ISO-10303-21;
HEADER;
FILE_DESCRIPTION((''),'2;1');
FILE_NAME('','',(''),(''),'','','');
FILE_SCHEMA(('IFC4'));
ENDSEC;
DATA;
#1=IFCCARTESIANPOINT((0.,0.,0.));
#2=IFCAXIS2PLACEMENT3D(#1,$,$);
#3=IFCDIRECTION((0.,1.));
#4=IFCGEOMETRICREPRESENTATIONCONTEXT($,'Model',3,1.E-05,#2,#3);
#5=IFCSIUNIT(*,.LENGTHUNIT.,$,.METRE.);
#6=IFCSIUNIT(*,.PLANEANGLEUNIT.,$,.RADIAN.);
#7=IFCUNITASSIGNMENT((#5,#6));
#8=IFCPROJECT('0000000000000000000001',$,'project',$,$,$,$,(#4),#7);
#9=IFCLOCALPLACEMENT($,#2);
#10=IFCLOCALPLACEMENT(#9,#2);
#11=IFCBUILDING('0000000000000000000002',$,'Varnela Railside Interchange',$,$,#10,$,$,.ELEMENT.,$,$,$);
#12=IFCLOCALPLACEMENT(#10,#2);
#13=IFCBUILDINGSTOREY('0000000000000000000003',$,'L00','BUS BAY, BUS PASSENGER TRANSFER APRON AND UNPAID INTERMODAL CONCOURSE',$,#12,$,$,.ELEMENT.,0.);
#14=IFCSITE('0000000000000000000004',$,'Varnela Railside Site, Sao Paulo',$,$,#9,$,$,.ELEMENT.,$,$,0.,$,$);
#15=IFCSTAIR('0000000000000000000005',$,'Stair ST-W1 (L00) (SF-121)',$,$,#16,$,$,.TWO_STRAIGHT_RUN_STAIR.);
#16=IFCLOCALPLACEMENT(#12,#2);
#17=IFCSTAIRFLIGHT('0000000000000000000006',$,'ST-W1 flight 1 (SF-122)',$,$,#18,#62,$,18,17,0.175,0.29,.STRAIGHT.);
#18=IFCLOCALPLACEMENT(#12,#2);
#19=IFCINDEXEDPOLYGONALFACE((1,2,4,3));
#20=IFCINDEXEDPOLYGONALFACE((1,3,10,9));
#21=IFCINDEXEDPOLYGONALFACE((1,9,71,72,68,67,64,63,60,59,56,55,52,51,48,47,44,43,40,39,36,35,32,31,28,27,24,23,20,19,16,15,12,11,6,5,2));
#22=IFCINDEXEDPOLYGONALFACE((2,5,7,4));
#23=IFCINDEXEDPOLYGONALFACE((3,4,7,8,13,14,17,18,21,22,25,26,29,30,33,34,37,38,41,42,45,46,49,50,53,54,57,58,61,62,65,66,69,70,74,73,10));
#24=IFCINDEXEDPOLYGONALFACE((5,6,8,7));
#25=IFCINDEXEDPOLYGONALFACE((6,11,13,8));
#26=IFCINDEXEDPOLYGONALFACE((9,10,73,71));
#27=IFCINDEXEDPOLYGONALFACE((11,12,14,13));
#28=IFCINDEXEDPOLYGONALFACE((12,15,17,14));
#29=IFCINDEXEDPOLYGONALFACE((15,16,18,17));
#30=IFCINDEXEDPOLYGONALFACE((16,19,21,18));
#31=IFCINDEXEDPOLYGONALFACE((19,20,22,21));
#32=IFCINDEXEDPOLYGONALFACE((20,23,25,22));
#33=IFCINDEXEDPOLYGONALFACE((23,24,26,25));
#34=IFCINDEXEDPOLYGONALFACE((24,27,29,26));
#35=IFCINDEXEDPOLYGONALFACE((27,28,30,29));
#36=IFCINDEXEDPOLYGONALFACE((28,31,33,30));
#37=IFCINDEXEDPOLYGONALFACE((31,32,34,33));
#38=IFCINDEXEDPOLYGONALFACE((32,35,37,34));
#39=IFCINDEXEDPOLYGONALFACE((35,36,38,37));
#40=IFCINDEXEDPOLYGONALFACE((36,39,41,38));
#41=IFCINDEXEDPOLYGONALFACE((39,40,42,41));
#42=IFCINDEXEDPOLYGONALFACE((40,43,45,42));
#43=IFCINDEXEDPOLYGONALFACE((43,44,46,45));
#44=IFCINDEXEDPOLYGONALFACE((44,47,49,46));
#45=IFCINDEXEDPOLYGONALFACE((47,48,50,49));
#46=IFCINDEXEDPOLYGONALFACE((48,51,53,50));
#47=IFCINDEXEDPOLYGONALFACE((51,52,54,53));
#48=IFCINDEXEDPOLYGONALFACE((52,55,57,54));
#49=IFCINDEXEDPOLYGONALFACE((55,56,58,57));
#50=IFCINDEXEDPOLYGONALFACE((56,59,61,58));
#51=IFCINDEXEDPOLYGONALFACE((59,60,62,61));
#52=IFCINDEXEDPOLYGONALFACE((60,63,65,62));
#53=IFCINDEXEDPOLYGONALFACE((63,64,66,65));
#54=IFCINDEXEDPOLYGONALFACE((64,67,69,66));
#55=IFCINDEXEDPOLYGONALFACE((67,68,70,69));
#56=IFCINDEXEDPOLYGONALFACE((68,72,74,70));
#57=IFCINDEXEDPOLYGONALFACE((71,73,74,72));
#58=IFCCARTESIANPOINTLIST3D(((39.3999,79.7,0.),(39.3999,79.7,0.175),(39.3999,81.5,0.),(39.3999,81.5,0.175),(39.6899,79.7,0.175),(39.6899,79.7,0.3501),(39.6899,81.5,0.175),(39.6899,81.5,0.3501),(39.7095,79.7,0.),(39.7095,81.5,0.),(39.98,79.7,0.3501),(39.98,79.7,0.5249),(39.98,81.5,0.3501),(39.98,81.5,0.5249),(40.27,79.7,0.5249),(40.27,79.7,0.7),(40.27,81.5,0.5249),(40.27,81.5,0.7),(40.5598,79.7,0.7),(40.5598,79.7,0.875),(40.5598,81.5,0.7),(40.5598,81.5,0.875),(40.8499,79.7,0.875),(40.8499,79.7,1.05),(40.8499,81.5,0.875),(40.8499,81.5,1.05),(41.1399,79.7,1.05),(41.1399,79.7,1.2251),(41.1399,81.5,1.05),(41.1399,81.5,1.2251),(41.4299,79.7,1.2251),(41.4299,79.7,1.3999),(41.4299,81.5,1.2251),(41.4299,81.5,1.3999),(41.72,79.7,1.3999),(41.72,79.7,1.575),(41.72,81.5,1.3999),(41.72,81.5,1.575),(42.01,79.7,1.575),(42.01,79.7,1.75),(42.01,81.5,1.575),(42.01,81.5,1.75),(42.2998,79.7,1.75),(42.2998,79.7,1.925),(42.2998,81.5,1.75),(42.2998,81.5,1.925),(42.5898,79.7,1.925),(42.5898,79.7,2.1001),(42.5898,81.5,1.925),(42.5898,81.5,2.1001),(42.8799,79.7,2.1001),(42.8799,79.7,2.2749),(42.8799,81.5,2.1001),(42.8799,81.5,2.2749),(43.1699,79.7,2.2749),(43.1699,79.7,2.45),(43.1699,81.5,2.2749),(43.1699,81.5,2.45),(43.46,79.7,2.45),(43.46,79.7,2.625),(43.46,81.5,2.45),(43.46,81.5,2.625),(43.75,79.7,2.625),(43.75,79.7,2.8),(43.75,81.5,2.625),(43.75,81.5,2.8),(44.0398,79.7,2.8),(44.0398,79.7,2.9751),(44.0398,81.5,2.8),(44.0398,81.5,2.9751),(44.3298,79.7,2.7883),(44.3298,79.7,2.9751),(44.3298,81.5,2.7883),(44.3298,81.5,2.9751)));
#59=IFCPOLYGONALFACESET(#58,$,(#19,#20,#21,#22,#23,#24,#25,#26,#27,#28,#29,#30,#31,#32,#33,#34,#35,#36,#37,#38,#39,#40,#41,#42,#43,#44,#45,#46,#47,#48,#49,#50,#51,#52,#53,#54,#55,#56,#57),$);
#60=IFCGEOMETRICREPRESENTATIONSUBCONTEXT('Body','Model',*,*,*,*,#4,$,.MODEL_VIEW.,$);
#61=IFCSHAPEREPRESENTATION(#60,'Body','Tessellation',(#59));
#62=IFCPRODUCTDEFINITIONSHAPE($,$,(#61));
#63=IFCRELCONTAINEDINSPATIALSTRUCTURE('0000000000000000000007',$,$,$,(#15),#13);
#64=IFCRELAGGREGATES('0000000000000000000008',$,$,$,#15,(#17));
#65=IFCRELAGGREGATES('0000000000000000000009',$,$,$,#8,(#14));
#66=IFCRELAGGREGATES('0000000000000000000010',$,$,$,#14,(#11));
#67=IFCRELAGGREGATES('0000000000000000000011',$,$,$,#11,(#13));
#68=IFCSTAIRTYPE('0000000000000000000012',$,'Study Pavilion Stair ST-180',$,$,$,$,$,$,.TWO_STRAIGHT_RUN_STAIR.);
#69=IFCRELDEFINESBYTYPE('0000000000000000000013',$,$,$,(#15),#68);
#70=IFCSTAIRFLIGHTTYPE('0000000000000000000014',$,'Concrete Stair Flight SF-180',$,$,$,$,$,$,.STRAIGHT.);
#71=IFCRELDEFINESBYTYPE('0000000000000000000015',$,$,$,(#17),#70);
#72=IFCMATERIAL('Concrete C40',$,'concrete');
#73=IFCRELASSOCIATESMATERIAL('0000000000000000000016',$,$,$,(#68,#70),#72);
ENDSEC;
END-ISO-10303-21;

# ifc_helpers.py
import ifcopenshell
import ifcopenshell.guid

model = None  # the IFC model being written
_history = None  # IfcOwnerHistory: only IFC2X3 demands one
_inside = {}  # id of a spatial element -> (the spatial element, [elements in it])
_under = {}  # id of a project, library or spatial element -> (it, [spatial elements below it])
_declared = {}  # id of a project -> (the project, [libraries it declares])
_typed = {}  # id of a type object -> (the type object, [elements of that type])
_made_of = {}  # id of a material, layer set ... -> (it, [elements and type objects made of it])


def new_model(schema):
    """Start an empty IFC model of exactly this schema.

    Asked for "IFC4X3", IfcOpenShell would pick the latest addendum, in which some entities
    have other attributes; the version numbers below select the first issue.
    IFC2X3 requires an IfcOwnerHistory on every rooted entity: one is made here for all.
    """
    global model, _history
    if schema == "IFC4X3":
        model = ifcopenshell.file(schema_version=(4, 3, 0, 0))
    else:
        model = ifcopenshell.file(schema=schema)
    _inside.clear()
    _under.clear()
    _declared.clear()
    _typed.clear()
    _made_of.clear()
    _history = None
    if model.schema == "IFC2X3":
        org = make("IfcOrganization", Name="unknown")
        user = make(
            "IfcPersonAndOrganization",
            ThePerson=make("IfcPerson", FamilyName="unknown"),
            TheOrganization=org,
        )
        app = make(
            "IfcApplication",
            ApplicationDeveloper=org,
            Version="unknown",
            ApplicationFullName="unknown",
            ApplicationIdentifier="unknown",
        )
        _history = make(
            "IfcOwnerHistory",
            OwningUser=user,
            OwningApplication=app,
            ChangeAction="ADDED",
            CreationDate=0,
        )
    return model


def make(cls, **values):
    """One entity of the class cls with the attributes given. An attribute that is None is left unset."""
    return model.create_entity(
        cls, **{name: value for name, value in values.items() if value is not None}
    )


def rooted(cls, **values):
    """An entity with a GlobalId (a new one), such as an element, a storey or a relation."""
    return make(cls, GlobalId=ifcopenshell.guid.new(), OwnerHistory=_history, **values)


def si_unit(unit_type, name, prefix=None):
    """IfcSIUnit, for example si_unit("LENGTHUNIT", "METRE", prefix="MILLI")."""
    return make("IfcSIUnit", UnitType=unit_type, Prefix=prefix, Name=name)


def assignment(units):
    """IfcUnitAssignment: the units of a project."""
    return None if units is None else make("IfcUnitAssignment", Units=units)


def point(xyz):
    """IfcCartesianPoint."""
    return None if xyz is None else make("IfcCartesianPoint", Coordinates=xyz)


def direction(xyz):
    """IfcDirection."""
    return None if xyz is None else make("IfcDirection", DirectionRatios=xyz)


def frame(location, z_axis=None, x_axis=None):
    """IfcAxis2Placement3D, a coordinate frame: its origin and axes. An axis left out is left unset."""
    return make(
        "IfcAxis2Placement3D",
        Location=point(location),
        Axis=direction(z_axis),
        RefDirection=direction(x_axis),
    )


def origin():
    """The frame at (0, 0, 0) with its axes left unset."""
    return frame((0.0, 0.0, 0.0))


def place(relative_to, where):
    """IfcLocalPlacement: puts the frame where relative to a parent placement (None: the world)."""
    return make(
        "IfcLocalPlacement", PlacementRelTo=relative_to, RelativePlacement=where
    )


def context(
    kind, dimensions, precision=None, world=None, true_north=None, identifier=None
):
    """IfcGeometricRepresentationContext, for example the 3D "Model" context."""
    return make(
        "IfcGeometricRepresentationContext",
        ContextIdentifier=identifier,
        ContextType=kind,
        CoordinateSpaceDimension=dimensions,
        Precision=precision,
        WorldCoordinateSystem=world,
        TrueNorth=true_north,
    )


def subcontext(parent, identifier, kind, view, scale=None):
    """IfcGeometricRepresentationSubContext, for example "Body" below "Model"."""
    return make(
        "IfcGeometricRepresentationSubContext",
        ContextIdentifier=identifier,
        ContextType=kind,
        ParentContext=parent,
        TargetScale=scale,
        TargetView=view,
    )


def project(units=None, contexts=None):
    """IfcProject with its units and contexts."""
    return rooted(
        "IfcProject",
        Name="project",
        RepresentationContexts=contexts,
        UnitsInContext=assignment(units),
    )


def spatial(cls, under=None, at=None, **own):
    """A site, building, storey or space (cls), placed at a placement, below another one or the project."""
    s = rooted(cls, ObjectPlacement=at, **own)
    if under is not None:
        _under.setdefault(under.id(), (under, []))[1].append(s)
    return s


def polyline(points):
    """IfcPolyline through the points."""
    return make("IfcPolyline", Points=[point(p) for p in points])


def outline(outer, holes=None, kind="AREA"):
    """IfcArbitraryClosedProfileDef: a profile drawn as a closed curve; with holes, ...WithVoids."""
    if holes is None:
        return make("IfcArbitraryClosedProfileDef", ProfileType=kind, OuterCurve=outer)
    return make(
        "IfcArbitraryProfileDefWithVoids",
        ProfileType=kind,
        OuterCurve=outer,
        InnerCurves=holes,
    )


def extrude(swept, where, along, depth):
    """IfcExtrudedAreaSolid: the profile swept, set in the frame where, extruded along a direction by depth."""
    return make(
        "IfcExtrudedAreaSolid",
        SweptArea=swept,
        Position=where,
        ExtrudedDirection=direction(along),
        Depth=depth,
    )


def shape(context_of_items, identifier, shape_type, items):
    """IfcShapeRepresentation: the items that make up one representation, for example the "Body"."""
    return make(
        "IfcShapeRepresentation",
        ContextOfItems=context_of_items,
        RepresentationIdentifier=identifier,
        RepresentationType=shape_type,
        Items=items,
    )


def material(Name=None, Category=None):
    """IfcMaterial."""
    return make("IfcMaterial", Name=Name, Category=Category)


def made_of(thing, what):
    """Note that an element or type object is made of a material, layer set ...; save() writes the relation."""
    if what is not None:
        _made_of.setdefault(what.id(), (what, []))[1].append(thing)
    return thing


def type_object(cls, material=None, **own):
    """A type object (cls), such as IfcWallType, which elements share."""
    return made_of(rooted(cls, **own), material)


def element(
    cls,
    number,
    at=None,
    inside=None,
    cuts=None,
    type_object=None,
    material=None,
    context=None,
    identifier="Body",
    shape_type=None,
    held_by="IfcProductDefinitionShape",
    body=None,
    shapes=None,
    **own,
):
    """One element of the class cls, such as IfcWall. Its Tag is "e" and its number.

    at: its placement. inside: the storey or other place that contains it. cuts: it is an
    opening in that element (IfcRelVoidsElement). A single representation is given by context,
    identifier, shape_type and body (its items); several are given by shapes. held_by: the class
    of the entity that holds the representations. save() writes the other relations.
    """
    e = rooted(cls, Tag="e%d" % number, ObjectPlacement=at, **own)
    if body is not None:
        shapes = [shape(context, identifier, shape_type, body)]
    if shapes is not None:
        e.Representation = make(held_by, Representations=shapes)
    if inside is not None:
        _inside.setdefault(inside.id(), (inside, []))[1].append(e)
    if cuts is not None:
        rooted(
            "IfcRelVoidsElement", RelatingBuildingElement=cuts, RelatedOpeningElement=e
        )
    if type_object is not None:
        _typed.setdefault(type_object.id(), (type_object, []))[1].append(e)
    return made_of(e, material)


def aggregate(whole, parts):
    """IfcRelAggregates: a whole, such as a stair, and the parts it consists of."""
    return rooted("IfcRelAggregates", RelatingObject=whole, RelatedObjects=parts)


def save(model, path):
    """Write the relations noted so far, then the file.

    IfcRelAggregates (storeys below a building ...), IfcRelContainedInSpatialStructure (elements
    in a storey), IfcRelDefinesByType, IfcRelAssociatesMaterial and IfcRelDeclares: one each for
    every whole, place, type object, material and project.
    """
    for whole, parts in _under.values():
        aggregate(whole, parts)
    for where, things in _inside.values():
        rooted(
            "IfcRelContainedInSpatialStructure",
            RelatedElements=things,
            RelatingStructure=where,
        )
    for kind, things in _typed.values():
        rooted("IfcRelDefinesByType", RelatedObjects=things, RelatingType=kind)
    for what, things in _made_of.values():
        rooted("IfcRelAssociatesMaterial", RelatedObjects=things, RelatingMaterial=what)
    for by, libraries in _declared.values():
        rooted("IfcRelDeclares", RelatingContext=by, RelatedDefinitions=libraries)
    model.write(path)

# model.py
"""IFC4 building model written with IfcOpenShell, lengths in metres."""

from ifc_helpers import new_model, si_unit, direction, frame, origin, place, context, subcontext, project, spatial, polyline, outline, extrude, material, type_object, element, aggregate, save


model = new_model("IFC4")

# Units and contexts
model_context = context("Model", 3, precision=1e-05, world=origin(), true_north=direction((0.0, 1.0)))
body_context = subcontext(model_context, "Body", "Model", "MODEL_VIEW")
ifc_project = project(units=[si_unit("LENGTHUNIT", "METRE"), si_unit("PLANEANGLEUNIT", "RADIAN")], contexts=[model_context])

# Site, building, storey
site_placement = place(None, origin())
site = spatial("IfcSite", under=ifc_project, at=site_placement, Name="Varnela Railside Site, Sao Paulo", CompositionType="ELEMENT", RefElevation=0.0)
building_placement = place(site_placement, origin())
building = spatial("IfcBuilding", under=site, at=building_placement, Name="Varnela Railside Interchange", CompositionType="ELEMENT")
storey_placement = place(building_placement, origin())
storey = spatial("IfcBuildingStorey", under=building, at=storey_placement, Name="L00", Description="BUS BAY, BUS PASSENGER TRANSFER APRON AND UNPAID INTERMODAL CONCOURSE", CompositionType="ELEMENT", Elevation=0.0)

# Shared definitions
ifc_material_1 = material(Name="Concrete C40", Category="concrete")

# Stair, stair flight
stair_type = type_object("IfcStairType", Name="Study Pavilion Stair ST-180", PredefinedType="TWO_STRAIGHT_RUN_STAIR", material=ifc_material_1)
stair_placement = place(storey_placement, origin())
stair = element("IfcStair", 1, at=stair_placement, inside=storey, type_object=stair_type, Name="Stair ST-W1 (L00) (SF-121)", PredefinedType="TWO_STRAIGHT_RUN_STAIR")
stair_flight_type = type_object("IfcStairFlightType", Name="Concrete Stair Flight SF-180", PredefinedType="STRAIGHT", material=ifc_material_1)
stair_flight_placement = place(storey_placement, frame((39.3999, 80.6001, 0.0), z_axis=(0.0, 0.0, 1.0), x_axis=(1.0, 0.0, 0.0)))
stair_flight = element("IfcStairFlight", 2, at=stair_flight_placement, type_object=stair_flight_type, Name="ST-W1 flight 1 (SF-122)", NumberOfRisers=18, NumberOfTreads=17, PredefinedType="STRAIGHT", RiserHeight=0.175, TreadLength=0.29, context=body_context, shape_type="SweptSolid", body=[
    extrude(outline(polyline([(0.0, 0.0), (0.0, 0.175), (0.29, 0.175), (0.29, 0.3501), (0.5801, 0.3501), (0.5801, 0.5249), (0.8701, 0.5249), (0.8701, 0.7), (1.1599, 0.7), (1.1599, 0.875), (1.45, 0.875), (1.45, 1.05), (1.74, 1.05), (1.74, 1.2251), (2.03, 1.2251), (2.03, 1.3999), (2.3201, 1.3999), (2.3201, 1.575), (2.6101, 1.575), (2.6101, 1.75), (2.8999, 1.75), (2.8999, 1.925), (3.1899, 1.925), (3.1899, 2.1001), (3.48, 2.1001), (3.48, 2.2749), (3.77, 2.2749), (3.77, 2.45), (4.0601, 2.45), (4.0601, 2.625), (4.3501, 2.625), (4.3501, 2.8), (4.6399, 2.8), (4.6399, 2.9751), (4.9299, 2.9751), (4.9299, 3.1499), (4.9299, 2.7883), (0.3096, 0.0), (0.0, 0.0)])), frame((0.0, 0.8999, 0.0), z_axis=(0.0, -1.0, 0.0), x_axis=(1.0, 0.0, 0.0)), (0.0, 0.0, 1.0), 1.8),
])
aggregate(stair, [stair_flight])

save(model, "model.ifc")
